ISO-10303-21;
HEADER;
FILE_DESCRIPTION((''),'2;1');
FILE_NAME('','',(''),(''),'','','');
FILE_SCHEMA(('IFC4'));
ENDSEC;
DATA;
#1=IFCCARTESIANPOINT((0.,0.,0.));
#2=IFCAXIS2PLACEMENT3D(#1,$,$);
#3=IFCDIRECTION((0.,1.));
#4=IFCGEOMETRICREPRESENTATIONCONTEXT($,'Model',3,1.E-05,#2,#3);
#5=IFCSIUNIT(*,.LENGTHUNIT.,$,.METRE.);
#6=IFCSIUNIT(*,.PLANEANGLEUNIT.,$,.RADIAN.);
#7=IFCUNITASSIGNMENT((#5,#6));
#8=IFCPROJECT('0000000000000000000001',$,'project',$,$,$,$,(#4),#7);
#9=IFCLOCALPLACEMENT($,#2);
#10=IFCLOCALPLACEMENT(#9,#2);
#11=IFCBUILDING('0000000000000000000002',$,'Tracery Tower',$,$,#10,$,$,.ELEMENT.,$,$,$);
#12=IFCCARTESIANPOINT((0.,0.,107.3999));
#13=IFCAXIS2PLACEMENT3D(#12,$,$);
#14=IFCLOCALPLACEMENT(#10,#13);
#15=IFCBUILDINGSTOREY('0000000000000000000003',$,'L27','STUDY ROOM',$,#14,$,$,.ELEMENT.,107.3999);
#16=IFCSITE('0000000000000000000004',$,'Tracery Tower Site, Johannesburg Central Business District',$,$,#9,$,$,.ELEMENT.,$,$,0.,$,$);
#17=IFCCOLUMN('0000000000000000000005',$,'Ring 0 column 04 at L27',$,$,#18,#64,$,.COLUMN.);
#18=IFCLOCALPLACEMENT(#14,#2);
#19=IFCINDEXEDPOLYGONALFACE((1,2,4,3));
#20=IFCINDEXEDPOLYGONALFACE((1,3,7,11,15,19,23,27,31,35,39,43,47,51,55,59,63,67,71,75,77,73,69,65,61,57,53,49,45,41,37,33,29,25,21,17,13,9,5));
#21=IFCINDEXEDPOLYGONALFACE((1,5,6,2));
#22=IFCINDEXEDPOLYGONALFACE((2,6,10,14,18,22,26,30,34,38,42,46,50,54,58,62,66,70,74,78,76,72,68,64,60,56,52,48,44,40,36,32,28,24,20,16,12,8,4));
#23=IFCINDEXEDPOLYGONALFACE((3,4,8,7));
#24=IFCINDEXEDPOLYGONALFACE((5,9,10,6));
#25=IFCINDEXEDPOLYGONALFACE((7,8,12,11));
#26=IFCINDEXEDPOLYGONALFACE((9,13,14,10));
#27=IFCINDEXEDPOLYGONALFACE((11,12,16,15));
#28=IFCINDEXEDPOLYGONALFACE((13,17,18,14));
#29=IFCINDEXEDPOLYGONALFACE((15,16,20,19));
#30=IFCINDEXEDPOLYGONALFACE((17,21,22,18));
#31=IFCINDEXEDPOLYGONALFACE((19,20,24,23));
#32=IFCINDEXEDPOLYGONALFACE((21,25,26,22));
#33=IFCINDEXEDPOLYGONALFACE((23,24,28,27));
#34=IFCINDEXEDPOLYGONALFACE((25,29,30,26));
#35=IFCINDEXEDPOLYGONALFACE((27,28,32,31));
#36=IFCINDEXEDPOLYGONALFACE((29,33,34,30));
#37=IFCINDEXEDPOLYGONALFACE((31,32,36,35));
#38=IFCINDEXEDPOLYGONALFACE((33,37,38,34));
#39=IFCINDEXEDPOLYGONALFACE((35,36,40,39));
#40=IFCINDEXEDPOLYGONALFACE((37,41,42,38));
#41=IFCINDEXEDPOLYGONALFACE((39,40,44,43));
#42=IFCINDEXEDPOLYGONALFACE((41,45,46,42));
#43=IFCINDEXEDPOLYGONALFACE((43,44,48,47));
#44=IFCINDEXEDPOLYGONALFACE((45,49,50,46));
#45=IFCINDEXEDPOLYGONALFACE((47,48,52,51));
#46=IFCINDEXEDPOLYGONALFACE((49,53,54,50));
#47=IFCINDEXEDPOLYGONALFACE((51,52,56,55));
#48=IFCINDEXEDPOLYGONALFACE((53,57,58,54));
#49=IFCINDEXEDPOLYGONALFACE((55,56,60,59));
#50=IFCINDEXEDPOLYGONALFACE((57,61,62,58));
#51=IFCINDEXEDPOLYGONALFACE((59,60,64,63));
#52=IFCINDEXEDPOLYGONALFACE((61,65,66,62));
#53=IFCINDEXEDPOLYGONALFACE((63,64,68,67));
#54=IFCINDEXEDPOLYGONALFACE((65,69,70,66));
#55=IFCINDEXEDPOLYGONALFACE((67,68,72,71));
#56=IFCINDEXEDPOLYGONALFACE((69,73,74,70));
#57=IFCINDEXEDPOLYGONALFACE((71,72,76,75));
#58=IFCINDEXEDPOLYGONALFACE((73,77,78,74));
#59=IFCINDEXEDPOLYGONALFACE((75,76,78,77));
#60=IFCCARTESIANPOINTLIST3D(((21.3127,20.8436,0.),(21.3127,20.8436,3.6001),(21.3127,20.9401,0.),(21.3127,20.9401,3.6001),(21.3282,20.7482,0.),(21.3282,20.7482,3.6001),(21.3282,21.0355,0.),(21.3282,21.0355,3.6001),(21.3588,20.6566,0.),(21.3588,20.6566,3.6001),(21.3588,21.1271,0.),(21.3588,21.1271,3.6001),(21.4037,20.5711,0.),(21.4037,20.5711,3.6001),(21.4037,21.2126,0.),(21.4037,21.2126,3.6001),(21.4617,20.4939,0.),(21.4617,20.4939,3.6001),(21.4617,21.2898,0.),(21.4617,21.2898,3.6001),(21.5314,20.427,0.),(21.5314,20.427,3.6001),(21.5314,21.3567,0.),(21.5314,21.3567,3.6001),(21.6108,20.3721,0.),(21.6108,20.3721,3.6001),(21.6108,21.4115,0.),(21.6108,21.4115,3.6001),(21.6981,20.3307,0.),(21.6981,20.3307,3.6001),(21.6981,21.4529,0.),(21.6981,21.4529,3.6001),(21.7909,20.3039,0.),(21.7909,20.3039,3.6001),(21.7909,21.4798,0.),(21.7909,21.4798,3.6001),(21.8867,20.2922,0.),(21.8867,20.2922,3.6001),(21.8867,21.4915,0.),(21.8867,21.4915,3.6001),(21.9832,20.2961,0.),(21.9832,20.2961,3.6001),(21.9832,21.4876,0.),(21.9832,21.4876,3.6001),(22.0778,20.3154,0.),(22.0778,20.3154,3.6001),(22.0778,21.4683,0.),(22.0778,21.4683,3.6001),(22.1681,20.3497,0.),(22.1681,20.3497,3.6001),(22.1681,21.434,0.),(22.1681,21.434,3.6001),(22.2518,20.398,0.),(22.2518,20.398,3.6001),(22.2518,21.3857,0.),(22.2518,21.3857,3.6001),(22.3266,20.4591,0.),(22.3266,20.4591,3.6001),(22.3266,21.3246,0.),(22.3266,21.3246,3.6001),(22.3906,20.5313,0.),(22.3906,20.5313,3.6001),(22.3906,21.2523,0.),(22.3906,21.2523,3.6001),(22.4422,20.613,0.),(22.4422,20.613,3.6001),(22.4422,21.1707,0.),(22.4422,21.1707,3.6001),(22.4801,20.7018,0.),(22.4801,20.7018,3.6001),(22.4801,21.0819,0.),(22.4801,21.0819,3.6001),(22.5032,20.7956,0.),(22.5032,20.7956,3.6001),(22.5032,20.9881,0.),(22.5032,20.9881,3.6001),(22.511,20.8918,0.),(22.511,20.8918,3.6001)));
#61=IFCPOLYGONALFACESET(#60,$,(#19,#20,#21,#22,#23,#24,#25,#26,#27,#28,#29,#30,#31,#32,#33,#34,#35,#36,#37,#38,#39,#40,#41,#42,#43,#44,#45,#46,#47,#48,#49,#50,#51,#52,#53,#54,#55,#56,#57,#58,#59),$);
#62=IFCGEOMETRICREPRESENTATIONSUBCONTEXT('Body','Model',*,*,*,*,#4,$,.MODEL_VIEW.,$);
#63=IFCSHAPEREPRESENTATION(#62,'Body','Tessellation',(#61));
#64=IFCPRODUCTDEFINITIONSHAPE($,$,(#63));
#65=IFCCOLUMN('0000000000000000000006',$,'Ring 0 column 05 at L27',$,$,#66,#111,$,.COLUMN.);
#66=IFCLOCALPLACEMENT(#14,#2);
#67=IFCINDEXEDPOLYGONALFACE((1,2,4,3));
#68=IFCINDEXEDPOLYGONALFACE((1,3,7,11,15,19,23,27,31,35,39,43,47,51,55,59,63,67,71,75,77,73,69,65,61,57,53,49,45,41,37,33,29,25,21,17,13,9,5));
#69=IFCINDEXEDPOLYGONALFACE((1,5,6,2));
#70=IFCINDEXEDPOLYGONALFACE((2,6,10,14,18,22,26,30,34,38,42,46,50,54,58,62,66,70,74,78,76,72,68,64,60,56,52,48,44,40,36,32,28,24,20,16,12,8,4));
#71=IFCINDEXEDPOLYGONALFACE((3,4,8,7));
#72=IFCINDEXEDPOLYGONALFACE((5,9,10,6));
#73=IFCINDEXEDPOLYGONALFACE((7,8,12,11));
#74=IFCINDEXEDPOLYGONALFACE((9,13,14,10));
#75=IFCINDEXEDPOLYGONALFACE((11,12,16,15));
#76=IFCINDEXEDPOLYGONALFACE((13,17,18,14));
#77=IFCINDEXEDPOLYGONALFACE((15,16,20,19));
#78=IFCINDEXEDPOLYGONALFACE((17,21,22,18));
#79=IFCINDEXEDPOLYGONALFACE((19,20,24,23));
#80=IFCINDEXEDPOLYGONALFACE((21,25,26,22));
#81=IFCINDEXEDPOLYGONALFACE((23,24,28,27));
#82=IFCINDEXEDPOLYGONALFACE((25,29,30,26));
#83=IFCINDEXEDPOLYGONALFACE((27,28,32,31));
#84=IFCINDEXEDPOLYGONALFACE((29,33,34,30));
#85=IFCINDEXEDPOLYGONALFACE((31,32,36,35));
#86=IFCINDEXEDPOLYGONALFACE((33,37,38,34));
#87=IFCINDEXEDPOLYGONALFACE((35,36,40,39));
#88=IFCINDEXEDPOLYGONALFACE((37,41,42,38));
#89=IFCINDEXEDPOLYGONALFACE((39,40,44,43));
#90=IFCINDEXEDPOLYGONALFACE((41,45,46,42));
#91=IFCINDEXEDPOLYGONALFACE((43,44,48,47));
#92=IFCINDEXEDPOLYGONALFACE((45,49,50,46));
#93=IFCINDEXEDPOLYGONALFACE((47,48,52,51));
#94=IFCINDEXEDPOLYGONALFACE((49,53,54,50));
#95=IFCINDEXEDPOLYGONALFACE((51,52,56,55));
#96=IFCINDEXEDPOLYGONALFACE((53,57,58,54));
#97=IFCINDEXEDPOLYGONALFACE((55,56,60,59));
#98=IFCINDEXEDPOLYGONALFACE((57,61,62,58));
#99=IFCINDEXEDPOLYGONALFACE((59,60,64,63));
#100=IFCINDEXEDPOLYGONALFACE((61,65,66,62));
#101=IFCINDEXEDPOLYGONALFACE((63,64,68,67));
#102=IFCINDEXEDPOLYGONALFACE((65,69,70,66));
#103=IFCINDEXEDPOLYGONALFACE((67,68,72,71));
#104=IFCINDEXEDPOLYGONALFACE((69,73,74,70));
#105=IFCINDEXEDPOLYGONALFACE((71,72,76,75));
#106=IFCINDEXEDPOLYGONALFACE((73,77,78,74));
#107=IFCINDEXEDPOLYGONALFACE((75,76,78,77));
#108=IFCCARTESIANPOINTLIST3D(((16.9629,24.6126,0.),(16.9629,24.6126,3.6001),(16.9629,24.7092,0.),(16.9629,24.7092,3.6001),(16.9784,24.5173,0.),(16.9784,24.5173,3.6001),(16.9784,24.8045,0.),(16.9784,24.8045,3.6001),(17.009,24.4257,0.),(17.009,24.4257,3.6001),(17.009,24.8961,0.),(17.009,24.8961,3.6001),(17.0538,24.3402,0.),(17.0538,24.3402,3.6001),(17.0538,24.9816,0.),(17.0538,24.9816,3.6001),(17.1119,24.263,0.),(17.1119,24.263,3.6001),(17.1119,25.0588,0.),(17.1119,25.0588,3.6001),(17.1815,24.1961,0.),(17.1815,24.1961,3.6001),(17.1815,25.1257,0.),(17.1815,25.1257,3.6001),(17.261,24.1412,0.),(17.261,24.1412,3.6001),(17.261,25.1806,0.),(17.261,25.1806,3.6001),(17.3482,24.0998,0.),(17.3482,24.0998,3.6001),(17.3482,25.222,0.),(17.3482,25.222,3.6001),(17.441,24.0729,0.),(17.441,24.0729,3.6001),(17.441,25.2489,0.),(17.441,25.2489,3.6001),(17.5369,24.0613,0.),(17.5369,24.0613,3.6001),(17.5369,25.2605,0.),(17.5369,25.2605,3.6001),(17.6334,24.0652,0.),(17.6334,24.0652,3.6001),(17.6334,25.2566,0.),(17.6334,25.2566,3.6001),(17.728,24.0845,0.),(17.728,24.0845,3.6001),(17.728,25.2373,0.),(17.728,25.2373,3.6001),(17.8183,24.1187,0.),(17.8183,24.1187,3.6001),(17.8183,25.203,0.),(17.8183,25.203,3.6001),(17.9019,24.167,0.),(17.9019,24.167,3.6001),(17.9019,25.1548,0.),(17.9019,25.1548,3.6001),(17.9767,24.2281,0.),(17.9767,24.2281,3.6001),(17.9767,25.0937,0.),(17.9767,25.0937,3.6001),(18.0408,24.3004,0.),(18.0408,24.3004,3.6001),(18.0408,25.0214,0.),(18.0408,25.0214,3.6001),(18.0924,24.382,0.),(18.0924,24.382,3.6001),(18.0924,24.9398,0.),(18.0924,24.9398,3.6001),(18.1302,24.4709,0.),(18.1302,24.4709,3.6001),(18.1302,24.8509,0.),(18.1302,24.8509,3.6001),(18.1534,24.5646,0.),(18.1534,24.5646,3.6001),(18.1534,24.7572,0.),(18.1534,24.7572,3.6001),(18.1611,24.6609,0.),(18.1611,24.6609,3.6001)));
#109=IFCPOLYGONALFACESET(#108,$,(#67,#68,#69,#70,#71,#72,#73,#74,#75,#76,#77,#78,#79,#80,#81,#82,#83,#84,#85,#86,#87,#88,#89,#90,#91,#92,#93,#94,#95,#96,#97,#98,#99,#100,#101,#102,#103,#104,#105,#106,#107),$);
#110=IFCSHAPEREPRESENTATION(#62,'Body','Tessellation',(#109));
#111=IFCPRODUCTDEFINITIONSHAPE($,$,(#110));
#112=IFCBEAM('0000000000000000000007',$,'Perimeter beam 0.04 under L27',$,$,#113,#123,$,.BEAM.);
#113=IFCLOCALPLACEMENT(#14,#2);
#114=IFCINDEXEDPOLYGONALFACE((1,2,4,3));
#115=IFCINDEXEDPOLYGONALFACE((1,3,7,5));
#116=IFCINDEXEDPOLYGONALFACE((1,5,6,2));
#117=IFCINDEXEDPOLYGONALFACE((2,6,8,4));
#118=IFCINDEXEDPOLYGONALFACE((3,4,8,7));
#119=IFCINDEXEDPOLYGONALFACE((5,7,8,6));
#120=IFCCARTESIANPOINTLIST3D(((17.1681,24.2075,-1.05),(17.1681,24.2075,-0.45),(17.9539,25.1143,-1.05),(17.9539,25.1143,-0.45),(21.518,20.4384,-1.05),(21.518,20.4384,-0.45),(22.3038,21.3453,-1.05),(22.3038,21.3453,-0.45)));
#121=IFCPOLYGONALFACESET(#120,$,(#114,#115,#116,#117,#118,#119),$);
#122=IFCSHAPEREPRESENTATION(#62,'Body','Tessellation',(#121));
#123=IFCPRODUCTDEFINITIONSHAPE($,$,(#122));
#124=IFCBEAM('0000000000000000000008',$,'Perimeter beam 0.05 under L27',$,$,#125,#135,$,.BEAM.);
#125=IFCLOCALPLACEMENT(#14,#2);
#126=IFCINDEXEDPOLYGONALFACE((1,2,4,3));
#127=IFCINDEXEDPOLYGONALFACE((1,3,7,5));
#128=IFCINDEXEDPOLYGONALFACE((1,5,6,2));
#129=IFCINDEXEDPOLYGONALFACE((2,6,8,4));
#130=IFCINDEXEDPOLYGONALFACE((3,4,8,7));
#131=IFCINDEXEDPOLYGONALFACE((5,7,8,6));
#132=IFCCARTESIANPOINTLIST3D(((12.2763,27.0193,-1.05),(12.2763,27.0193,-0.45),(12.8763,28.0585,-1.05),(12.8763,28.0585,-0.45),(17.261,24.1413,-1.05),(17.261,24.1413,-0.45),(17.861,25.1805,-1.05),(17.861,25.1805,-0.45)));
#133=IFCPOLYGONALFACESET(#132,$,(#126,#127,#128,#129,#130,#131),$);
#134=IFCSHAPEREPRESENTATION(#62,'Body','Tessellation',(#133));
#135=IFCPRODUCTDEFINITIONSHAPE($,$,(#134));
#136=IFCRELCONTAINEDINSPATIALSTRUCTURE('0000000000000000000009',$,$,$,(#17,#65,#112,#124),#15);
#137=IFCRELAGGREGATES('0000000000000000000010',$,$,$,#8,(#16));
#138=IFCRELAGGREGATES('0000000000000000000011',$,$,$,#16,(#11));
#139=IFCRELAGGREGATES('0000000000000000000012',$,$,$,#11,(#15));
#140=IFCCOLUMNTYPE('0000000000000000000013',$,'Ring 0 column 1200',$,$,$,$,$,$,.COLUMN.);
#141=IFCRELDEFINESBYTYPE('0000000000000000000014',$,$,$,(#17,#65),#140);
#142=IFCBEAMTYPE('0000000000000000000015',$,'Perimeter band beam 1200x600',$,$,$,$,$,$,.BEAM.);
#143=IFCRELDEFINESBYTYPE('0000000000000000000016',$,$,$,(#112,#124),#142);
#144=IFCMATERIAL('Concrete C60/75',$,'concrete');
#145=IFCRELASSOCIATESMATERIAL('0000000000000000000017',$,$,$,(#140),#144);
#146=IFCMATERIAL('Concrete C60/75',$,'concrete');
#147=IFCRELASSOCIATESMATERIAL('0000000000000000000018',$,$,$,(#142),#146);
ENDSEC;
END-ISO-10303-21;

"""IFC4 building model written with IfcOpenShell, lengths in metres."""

from ifc_helpers import new_model, si_unit, direction, frame, origin, origin_2d, place, context, subcontext, project, spatial, rectangle, circle, extrude, material, material_profile, profile_set, type_object, element, save


model = new_model("IFC4")

# Units and contexts
model_context = context("Model", 3, precision=1e-05, world=origin(), true_north=direction((0.0, 1.0)))
body_context = subcontext(model_context, "Body", "Model", "MODEL_VIEW")
ifc_project = project(units=[si_unit("LENGTHUNIT", "METRE"), si_unit("PLANEANGLEUNIT", "RADIAN")], contexts=[model_context])

# Site, building, storey
site_placement = place(None, origin())
site = spatial("IfcSite", under=ifc_project, at=site_placement, Name="Tracery Tower Site, Johannesburg Central Business District", CompositionType="ELEMENT", RefElevation=0.0)
building_placement = place(site_placement, origin())
building = spatial("IfcBuilding", under=site, at=building_placement, Name="Tracery Tower", CompositionType="ELEMENT")
storey_placement = place(building_placement, frame((0.0, 0.0, 107.3999)))
storey = spatial("IfcBuildingStorey", under=building, at=storey_placement, Name="L27", Description="STUDY ROOM", CompositionType="ELEMENT", Elevation=107.3999)

# Columns
ifc_material_1 = material(Name="Concrete C60/75", Category="concrete")
ifc_material_profile_1 = material_profile(ifc_material_1, circle(Radius=0.6001, at=origin_2d()), Name="RC D1200")
ifc_profile_set_1 = profile_set([ifc_material_profile_1], Name="Concrete C60/75")
column_type = type_object("IfcColumnType", Name="Ring 0 column 1200", PredefinedType="COLUMN", material=ifc_profile_set_1)
for number, where, z_axis, x_axis, name in (
    (1, (21.9109, 20.8918, 0.0), (0.0, 0.0, 1.0), (1.0, 0.0, 0.0), "Ring 0 column 04 at L27"),
    (2, (17.561, 24.6609, 0.0), (0.0, 0.0, 1.0), (1.0, 0.0, 0.0), "Ring 0 column 05 at L27"),
):
    element("IfcColumn", number, at=place(storey_placement, frame(where, z_axis=z_axis, x_axis=x_axis)), inside=storey, type_object=column_type, Name=name, PredefinedType="COLUMN", context=body_context, shape_type="SweptSolid", body=[
        extrude(circle(Radius=0.6001, at=origin_2d()), origin(), (0.0, 0.0, 1.0), 3.6001),
    ])

# Beams
ifc_material_2 = material(Name="Concrete C60/75", Category="concrete")
ifc_material_profile_2 = material_profile(ifc_material_2, rectangle(XDim=1.2, YDim=0.6001, at=origin_2d()), Name="RC 1200x600")
ifc_profile_set_2 = profile_set([ifc_material_profile_2], Name="Concrete C60/75")
beam_type = type_object("IfcBeamType", Name="Perimeter band beam 1200x600", PredefinedType="BEAM", material=ifc_profile_set_2)
beam_1_placement = place(storey_placement, frame((21.9109, 20.8918, -0.75), z_axis=(-0.75576, 0.654848, 0.0), x_axis=(-0.654848, -0.75576, 0.0)))
element("IfcBeam", 3, at=beam_1_placement, inside=storey, type_object=beam_type, Name="Perimeter beam 0.04 under L27", PredefinedType="BEAM", context=body_context, shape_type="SweptSolid", body=[
    extrude(rectangle(XDim=1.2, YDim=0.6001, at=origin_2d()), origin(), (0.0, 0.0, 1.0), 5.7556),
])
beam_2_placement = place(storey_placement, frame((17.561, 24.6609, -0.75), z_axis=(-0.866021, 0.500008, 0.0), x_axis=(-0.500008, -0.866021, 0.0)))
element("IfcBeam", 4, at=beam_2_placement, inside=storey, type_object=beam_type, Name="Perimeter beam 0.05 under L27", PredefinedType="BEAM", context=body_context, shape_type="SweptSolid", body=[
    extrude(rectangle(XDim=1.2, YDim=0.6001, at=origin_2d()), origin(), (0.0, 0.0, 1.0), 5.7559),
])

save(model, "model.ifc")
